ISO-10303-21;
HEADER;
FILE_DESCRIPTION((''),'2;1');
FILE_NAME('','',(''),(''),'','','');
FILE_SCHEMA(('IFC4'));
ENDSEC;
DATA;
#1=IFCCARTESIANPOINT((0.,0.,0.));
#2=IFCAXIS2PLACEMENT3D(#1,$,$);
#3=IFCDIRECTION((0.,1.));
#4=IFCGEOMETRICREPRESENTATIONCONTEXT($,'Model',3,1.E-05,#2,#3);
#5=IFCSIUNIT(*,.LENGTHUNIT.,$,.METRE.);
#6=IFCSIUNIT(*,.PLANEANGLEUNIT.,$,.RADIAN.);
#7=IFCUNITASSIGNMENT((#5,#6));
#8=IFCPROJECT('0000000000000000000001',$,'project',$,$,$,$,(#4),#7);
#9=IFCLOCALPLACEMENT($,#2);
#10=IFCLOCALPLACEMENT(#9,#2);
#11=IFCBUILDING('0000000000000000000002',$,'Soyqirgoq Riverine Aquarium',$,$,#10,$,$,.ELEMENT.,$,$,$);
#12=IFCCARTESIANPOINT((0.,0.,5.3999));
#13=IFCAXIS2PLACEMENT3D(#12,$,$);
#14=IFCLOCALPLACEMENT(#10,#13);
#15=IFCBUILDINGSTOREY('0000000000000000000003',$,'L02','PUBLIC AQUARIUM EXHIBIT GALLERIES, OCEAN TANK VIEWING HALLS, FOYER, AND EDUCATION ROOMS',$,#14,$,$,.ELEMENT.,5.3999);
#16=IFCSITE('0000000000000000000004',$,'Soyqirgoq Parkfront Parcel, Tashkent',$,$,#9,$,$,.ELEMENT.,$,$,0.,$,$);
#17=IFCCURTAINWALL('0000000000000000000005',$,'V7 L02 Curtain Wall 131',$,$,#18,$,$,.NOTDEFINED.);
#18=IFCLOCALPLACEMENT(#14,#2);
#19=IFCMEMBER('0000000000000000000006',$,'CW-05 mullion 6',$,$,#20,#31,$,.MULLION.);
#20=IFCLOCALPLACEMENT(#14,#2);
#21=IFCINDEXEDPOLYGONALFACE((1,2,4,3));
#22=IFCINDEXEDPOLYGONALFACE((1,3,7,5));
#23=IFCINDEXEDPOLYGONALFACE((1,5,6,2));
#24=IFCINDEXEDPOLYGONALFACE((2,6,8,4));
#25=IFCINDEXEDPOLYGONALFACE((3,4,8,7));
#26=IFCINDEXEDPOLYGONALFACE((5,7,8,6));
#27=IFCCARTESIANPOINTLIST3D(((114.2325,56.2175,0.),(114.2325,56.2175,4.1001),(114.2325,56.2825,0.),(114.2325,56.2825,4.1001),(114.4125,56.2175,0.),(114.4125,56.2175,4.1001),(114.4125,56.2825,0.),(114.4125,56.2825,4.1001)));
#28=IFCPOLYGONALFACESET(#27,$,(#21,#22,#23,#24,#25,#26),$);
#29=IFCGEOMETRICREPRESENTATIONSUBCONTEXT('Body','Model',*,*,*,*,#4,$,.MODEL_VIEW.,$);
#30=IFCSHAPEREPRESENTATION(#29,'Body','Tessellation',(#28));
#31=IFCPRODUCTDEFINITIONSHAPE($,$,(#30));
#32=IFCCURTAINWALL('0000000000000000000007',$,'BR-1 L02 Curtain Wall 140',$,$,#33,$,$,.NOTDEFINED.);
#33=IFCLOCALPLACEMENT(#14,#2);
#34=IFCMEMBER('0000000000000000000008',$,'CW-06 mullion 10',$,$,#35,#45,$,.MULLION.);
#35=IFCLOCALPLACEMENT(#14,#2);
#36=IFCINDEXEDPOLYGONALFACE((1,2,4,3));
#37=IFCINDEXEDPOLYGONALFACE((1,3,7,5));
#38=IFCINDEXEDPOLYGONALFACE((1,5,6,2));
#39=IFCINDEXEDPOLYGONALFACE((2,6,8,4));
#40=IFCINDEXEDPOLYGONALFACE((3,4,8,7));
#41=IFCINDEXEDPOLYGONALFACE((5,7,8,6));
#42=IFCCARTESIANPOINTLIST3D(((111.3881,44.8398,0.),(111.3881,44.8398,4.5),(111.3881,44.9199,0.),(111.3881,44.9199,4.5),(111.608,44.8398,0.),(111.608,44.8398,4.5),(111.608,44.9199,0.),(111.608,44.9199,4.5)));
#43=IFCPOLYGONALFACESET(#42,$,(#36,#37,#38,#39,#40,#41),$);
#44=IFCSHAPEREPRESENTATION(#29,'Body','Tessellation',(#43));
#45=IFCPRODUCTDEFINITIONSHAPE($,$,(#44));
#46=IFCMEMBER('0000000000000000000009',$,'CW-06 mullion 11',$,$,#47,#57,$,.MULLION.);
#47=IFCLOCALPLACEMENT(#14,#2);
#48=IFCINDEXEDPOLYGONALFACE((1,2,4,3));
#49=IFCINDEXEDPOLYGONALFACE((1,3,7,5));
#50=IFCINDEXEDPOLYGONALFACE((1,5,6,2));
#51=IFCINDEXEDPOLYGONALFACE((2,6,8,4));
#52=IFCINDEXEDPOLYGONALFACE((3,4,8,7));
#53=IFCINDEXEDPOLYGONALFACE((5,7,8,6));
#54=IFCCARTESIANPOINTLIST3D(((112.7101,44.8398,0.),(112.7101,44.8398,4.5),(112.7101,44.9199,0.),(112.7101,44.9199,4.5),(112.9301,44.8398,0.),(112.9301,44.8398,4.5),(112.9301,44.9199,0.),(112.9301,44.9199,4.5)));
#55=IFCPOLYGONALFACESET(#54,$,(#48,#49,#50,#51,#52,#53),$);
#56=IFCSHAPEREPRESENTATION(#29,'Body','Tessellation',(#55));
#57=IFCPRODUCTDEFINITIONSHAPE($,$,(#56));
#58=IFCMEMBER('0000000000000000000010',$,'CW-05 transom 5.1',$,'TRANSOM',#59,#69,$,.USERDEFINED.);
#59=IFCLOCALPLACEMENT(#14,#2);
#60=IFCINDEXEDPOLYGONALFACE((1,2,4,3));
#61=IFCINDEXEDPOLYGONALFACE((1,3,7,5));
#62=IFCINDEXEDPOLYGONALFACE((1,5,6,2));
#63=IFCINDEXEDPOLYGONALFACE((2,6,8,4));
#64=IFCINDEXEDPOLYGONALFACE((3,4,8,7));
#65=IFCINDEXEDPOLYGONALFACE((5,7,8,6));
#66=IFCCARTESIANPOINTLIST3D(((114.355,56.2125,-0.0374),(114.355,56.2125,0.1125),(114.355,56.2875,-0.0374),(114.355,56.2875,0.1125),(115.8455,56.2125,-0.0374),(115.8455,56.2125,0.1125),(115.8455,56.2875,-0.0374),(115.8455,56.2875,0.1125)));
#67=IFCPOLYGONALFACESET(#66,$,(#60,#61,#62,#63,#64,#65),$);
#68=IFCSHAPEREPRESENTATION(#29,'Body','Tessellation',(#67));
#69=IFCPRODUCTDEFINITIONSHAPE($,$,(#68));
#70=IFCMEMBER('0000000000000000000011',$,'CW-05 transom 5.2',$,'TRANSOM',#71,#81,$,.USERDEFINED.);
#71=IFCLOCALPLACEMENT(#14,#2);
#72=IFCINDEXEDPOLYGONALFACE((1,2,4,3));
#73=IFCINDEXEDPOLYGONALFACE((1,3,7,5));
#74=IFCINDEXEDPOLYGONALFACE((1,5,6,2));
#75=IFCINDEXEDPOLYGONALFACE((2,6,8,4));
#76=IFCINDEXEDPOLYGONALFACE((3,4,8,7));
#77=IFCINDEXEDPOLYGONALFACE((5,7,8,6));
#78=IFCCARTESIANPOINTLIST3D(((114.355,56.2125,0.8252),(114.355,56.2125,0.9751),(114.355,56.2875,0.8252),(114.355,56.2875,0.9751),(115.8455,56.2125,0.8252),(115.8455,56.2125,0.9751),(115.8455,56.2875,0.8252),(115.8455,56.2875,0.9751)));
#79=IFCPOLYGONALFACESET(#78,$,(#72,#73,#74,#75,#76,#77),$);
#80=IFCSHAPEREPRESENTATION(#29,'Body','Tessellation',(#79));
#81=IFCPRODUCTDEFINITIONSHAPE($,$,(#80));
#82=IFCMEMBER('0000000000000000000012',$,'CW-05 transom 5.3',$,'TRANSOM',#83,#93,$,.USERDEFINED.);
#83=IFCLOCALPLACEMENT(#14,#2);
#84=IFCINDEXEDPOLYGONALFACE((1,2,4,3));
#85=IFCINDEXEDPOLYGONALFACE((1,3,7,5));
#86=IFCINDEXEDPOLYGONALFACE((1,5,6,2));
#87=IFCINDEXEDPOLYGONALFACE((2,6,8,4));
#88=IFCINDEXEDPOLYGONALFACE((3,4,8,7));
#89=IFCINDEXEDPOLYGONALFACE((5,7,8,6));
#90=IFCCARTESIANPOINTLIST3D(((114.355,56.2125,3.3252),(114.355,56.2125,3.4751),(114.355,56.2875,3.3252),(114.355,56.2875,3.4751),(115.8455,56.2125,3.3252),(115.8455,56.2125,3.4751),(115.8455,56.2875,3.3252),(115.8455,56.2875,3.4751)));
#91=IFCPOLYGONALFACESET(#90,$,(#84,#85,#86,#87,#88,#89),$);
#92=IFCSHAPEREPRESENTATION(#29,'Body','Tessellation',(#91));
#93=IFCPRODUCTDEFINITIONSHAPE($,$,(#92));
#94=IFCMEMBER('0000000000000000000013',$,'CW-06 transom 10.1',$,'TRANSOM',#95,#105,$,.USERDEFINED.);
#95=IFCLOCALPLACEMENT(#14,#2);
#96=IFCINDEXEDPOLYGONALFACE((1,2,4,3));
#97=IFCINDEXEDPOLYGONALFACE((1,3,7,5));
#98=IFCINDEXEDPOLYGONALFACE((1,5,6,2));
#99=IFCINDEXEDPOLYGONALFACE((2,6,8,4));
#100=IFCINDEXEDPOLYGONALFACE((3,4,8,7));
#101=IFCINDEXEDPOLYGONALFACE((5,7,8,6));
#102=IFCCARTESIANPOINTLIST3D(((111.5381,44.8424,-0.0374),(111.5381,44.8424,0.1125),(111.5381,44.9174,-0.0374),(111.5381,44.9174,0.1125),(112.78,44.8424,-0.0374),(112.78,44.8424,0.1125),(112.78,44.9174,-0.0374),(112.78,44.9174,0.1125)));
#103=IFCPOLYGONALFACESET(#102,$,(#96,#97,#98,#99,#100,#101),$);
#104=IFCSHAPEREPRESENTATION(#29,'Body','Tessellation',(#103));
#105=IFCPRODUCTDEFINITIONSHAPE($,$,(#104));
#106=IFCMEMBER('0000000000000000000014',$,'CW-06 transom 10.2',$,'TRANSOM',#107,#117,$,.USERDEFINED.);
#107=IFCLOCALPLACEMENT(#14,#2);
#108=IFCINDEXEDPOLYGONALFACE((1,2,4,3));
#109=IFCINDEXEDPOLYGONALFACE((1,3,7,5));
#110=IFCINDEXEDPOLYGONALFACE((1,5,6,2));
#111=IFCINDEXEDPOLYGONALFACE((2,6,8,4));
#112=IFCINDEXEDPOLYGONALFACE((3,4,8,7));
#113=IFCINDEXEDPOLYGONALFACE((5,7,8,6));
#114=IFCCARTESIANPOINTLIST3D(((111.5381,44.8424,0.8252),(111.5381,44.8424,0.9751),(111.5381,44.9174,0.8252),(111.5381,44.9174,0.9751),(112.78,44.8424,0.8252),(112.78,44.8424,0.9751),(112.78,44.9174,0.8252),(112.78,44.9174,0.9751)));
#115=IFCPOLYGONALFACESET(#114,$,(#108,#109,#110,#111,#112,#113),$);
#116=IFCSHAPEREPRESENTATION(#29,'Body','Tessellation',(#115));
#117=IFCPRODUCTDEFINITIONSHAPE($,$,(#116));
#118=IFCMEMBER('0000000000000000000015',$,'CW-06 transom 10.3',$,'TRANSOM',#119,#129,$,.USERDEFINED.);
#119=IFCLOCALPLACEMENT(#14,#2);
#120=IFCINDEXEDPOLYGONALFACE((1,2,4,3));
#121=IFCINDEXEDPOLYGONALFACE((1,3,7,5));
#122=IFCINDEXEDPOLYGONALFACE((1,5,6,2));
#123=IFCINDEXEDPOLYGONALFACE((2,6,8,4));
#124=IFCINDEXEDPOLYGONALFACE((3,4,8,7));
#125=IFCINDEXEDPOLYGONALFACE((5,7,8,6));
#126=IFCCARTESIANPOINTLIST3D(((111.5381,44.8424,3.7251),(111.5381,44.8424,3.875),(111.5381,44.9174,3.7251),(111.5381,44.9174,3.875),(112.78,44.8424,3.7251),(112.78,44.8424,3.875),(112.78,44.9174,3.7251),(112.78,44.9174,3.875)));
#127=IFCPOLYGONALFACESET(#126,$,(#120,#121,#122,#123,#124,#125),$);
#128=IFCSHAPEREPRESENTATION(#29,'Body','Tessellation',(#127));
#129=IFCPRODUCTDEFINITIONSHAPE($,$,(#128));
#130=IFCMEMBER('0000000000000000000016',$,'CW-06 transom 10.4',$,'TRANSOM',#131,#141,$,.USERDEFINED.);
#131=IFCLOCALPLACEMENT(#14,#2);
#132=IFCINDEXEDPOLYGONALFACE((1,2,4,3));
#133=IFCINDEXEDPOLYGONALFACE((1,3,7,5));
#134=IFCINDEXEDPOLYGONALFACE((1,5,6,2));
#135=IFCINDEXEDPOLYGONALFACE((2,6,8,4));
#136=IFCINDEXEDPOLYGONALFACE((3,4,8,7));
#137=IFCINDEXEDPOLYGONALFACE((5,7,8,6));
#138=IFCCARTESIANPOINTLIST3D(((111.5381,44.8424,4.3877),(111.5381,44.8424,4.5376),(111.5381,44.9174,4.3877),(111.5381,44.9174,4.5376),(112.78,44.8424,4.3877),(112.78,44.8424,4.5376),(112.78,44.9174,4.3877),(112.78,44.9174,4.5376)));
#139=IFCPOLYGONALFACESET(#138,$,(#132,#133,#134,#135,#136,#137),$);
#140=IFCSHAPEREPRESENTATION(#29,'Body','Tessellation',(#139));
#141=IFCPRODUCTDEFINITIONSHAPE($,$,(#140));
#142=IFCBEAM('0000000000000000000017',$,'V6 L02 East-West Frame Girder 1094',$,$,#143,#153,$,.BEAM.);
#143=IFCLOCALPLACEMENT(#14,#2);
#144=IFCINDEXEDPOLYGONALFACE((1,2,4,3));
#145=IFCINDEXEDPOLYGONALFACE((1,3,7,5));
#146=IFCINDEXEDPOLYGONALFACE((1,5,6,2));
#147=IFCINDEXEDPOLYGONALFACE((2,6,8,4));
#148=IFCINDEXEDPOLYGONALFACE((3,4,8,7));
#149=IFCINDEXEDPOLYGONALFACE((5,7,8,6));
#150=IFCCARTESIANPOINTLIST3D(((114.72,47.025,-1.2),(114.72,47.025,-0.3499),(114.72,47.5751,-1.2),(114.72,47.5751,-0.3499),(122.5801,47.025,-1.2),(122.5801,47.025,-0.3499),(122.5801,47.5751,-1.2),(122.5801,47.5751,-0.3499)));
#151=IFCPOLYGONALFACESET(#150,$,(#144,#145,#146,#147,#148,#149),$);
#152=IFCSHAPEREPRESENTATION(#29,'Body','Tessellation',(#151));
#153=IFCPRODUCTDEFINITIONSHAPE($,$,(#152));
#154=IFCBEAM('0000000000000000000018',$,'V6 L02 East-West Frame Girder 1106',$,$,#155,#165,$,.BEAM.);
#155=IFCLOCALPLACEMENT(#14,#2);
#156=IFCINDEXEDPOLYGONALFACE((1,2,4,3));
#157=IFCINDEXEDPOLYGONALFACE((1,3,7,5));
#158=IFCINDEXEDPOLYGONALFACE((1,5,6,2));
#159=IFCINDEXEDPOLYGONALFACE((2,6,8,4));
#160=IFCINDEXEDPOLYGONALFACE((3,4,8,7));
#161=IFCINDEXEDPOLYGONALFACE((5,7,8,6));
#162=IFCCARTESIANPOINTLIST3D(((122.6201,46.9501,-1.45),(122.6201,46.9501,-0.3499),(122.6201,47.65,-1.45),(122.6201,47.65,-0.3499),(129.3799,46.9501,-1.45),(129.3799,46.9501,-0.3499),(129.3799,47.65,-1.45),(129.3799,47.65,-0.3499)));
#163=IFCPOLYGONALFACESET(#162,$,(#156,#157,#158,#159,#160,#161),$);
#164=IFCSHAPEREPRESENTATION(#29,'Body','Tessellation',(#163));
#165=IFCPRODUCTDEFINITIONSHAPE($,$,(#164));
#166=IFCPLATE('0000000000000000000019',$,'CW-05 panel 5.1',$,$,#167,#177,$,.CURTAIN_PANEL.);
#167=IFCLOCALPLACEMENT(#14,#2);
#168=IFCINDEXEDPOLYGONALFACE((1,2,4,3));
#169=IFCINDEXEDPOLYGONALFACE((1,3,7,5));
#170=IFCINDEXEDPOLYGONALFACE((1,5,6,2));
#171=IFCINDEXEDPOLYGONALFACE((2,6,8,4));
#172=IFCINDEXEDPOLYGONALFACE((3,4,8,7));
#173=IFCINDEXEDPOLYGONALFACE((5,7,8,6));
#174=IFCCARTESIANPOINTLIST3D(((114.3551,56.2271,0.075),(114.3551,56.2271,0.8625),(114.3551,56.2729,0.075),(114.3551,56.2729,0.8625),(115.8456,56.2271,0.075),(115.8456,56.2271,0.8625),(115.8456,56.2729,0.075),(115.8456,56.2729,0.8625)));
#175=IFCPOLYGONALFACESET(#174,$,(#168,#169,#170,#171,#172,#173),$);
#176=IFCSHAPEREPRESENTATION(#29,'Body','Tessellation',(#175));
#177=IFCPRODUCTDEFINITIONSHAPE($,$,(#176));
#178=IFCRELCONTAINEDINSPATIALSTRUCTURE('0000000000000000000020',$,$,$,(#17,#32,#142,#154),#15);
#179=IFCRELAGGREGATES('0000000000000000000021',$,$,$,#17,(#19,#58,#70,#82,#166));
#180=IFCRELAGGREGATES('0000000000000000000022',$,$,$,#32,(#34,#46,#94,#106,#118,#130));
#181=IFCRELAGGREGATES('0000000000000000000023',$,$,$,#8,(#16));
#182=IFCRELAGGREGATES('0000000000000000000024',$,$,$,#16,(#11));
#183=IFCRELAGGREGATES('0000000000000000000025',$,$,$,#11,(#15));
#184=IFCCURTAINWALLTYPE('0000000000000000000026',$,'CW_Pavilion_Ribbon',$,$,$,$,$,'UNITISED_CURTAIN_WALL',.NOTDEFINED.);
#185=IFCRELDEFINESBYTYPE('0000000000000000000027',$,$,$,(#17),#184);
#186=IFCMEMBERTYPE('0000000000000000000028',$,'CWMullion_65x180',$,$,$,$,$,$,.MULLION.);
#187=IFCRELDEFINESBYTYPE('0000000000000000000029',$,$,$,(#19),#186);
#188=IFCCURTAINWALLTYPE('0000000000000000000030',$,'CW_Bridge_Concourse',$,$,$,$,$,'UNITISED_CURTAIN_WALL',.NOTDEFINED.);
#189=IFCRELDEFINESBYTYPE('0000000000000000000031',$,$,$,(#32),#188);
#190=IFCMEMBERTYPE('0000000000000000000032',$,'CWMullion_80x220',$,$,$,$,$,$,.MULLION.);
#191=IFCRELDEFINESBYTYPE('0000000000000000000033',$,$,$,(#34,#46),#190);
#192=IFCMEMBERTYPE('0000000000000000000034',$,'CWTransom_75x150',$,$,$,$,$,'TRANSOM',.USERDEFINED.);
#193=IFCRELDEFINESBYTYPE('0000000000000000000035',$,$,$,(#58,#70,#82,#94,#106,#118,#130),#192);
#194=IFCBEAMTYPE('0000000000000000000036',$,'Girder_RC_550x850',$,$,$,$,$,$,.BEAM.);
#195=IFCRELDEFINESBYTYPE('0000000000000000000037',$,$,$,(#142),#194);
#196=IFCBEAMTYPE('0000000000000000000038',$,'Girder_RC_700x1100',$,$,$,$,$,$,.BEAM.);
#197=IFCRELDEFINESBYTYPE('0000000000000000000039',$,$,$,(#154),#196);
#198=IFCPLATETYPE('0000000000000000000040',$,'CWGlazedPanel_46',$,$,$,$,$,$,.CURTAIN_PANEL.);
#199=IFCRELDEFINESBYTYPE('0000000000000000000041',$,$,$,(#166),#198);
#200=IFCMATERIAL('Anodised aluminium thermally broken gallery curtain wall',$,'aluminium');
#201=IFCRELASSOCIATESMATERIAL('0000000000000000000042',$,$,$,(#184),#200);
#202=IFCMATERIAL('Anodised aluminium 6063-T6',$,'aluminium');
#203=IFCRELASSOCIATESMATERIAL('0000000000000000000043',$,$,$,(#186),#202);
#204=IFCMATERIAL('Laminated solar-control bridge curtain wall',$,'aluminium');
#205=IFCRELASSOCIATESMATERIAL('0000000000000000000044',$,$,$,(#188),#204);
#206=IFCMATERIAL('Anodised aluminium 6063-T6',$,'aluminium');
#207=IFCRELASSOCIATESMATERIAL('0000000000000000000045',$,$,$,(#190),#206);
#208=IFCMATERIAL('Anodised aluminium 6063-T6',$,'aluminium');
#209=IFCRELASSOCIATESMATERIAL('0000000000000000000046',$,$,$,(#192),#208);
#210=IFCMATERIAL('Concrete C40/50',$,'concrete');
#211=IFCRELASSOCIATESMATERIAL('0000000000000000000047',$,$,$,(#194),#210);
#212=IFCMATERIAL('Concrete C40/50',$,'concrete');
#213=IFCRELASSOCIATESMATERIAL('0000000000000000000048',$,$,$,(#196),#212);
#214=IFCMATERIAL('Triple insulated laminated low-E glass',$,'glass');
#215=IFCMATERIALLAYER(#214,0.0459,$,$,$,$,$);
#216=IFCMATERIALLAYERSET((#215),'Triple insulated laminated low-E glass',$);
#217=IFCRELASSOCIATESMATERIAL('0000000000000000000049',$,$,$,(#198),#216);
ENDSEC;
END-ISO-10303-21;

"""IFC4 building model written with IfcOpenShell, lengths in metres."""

from ifc_helpers import new_model, si_unit, direction, frame, origin, origin_2d, place, context, subcontext, project, spatial, rectangle, extrude, material, layer, layer_set, material_profile, profile_set, type_object, element, aggregate, save


model = new_model("IFC4")

# Units and contexts
model_context = context("Model", 3, precision=1e-05, world=origin(), true_north=direction((0.0, 1.0)))
body_context = subcontext(model_context, "Body", "Model", "MODEL_VIEW")
ifc_project = project(units=[si_unit("LENGTHUNIT", "METRE"), si_unit("PLANEANGLEUNIT", "RADIAN")], contexts=[model_context])

# Site, building, storey
site_placement = place(None, origin())
site = spatial("IfcSite", under=ifc_project, at=site_placement, Name="Soyqirgoq Parkfront Parcel, Tashkent", CompositionType="ELEMENT", RefElevation=0.0)
building_placement = place(site_placement, origin())
building = spatial("IfcBuilding", under=site, at=building_placement, Name="Soyqirgoq Riverine Aquarium", CompositionType="ELEMENT")
storey_placement = place(building_placement, frame((0.0, 0.0, 5.3999)))
storey = spatial("IfcBuildingStorey", under=building, at=storey_placement, Name="L02", Description="PUBLIC AQUARIUM EXHIBIT GALLERIES, OCEAN TANK VIEWING HALLS, FOYER, AND EDUCATION ROOMS", CompositionType="ELEMENT", Elevation=5.3999)

# Curtain wall, member
ifc_material_1 = material(Name="Anodised aluminium thermally broken gallery curtain wall", Category="aluminium")
curtain_wall_type_1 = type_object("IfcCurtainWallType", Name="CW_Pavilion_Ribbon", ElementType="UNITISED_CURTAIN_WALL", PredefinedType="NOTDEFINED", material=ifc_material_1)
curtain_wall_1_placement = place(storey_placement, origin())
curtain_wall_1 = element("IfcCurtainWall", 1, at=curtain_wall_1_placement, inside=storey, type_object=curtain_wall_type_1, Name="V7 L02 Curtain Wall 131", PredefinedType="NOTDEFINED")
ifc_material_2 = material(Name="Anodised aluminium 6063-T6", Category="aluminium")
ifc_material_profile_1 = material_profile(ifc_material_2, rectangle(XDim=0.0649, YDim=0.1799, at=origin_2d()), Name="ALU-M 65x180")
ifc_profile_set_1 = profile_set([ifc_material_profile_1], Name="Anodised aluminium 6063-T6")
member_type_1 = type_object("IfcMemberType", Name="CWMullion_65x180", PredefinedType="MULLION", material=ifc_profile_set_1)
member_1_placement = place(storey_placement, frame((114.3225, 56.25, 0.0), z_axis=(0.0, 0.0, 1.0), x_axis=(0.0, -1.0, 0.0)))
member_1 = element("IfcMember", 2, at=member_1_placement, type_object=member_type_1, Name="CW-05 mullion 6", PredefinedType="MULLION", context=body_context, shape_type="SweptSolid", body=[
    extrude(rectangle(XDim=0.0649, YDim=0.1799, at=origin_2d()), origin(), (0.0, 0.0, 1.0), 4.1001),
])

# Curtain wall, members
ifc_material_3 = material(Name="Laminated solar-control bridge curtain wall", Category="aluminium")
curtain_wall_type_2 = type_object("IfcCurtainWallType", Name="CW_Bridge_Concourse", ElementType="UNITISED_CURTAIN_WALL", PredefinedType="NOTDEFINED", material=ifc_material_3)
curtain_wall_2_placement = place(storey_placement, origin())
curtain_wall_2 = element("IfcCurtainWall", 3, at=curtain_wall_2_placement, inside=storey, type_object=curtain_wall_type_2, Name="BR-1 L02 Curtain Wall 140", PredefinedType="NOTDEFINED")
ifc_material_4 = material(Name="Anodised aluminium 6063-T6", Category="aluminium")
ifc_material_profile_2 = material_profile(ifc_material_4, rectangle(XDim=0.0801, YDim=0.22, at=origin_2d()), Name="ALU-M 80x220")
ifc_profile_set_2 = profile_set([ifc_material_profile_2], Name="Anodised aluminium 6063-T6")
member_type_2 = type_object("IfcMemberType", Name="CWMullion_80x220", PredefinedType="MULLION", material=ifc_profile_set_2)
member_2_placement = place(storey_placement, frame((111.498, 44.8799, 0.0), z_axis=(0.0, 0.0, 1.0), x_axis=(0.0, 1.0, 0.0)))
member_2 = element("IfcMember", 4, at=member_2_placement, type_object=member_type_2, Name="CW-06 mullion 10", PredefinedType="MULLION", context=body_context, shape_type="SweptSolid", body=[
    extrude(rectangle(XDim=0.0801, YDim=0.22, at=origin_2d()), origin(), (0.0, 0.0, 1.0), 4.5),
])
member_3_placement = place(storey_placement, frame((112.8201, 44.8799, 0.0), z_axis=(0.0, 0.0, 1.0), x_axis=(0.0, 1.0, 0.0)))
member_3 = element("IfcMember", 5, at=member_3_placement, type_object=member_type_2, Name="CW-06 mullion 11", PredefinedType="MULLION", context=body_context, shape_type="SweptSolid", body=[
    extrude(rectangle(XDim=0.0801, YDim=0.22, at=origin_2d()), origin(), (0.0, 0.0, 1.0), 4.5),
])

# Members
ifc_material_5 = material(Name="Anodised aluminium 6063-T6", Category="aluminium")
ifc_material_profile_3 = material_profile(ifc_material_5, rectangle(XDim=0.075, YDim=0.1499, at=origin_2d()), Name="ALU-T 75x150")
ifc_profile_set_3 = profile_set([ifc_material_profile_3], Name="Anodised aluminium 6063-T6")
member_type_3 = type_object("IfcMemberType", Name="CWTransom_75x150", ElementType="TRANSOM", PredefinedType="USERDEFINED", material=ifc_profile_set_3)
member_4_placement = place(storey_placement, frame((115.8455, 56.25, 0.0376), z_axis=(-1.0, 0.0, 0.0), x_axis=(0.0, -1.0, 0.0)))
member_4 = element("IfcMember", 6, at=member_4_placement, type_object=member_type_3, Name="CW-05 transom 5.1", ObjectType="TRANSOM", PredefinedType="USERDEFINED", context=body_context, shape_type="SweptSolid", body=[
    extrude(rectangle(XDim=0.075, YDim=0.1499, at=origin_2d()), origin(), (0.0, 0.0, 1.0), 1.4905),
])
member_5_placement = place(storey_placement, frame((115.8455, 56.25, 0.9001), z_axis=(-1.0, 0.0, 0.0), x_axis=(0.0, -1.0, 0.0)))
member_5 = element("IfcMember", 7, at=member_5_placement, type_object=member_type_3, Name="CW-05 transom 5.2", ObjectType="TRANSOM", PredefinedType="USERDEFINED", context=body_context, shape_type="SweptSolid", body=[
    extrude(rectangle(XDim=0.075, YDim=0.1499, at=origin_2d()), origin(), (0.0, 0.0, 1.0), 1.4905),
])
member_6_placement = place(storey_placement, frame((115.8455, 56.25, 3.4001), z_axis=(-1.0, 0.0, 0.0), x_axis=(0.0, -1.0, 0.0)))
member_6 = element("IfcMember", 8, at=member_6_placement, type_object=member_type_3, Name="CW-05 transom 5.3", ObjectType="TRANSOM", PredefinedType="USERDEFINED", context=body_context, shape_type="SweptSolid", body=[
    extrude(rectangle(XDim=0.075, YDim=0.1499, at=origin_2d()), origin(), (0.0, 0.0, 1.0), 1.4905),
])
member_7_placement = place(storey_placement, frame((111.5381, 44.8799, 0.0376), z_axis=(1.0, 0.0, 0.0), x_axis=(0.0, 1.0, 0.0)))
member_7 = element("IfcMember", 9, at=member_7_placement, type_object=member_type_3, Name="CW-06 transom 10.1", ObjectType="TRANSOM", PredefinedType="USERDEFINED", context=body_context, shape_type="SweptSolid", body=[
    extrude(rectangle(XDim=0.075, YDim=0.1499, at=origin_2d()), origin(), (0.0, 0.0, 1.0), 1.2419),
])
member_8_placement = place(storey_placement, frame((111.5381, 44.8799, 0.9001), z_axis=(1.0, 0.0, 0.0), x_axis=(0.0, 1.0, 0.0)))
member_8 = element("IfcMember", 10, at=member_8_placement, type_object=member_type_3, Name="CW-06 transom 10.2", ObjectType="TRANSOM", PredefinedType="USERDEFINED", context=body_context, shape_type="SweptSolid", body=[
    extrude(rectangle(XDim=0.075, YDim=0.1499, at=origin_2d()), origin(), (0.0, 0.0, 1.0), 1.2419),
])
member_9_placement = place(storey_placement, frame((111.5381, 44.8799, 3.8), z_axis=(1.0, 0.0, 0.0), x_axis=(0.0, 1.0, 0.0)))
member_9 = element("IfcMember", 11, at=member_9_placement, type_object=member_type_3, Name="CW-06 transom 10.3", ObjectType="TRANSOM", PredefinedType="USERDEFINED", context=body_context, shape_type="SweptSolid", body=[
    extrude(rectangle(XDim=0.075, YDim=0.1499, at=origin_2d()), origin(), (0.0, 0.0, 1.0), 1.2419),
])
member_10_placement = place(storey_placement, frame((111.5381, 44.8799, 4.4626), z_axis=(1.0, 0.0, 0.0), x_axis=(0.0, 1.0, 0.0)))
member_10 = element("IfcMember", 12, at=member_10_placement, type_object=member_type_3, Name="CW-06 transom 10.4", ObjectType="TRANSOM", PredefinedType="USERDEFINED", context=body_context, shape_type="SweptSolid", body=[
    extrude(rectangle(XDim=0.075, YDim=0.1499, at=origin_2d()), origin(), (0.0, 0.0, 1.0), 1.2419),
])

# Beams
ifc_material_6 = material(Name="Concrete C40/50", Category="concrete")
ifc_material_profile_4 = material_profile(ifc_material_6, rectangle(XDim=0.55, YDim=0.8501, at=origin_2d()), Name="RC 550x850")
ifc_profile_set_4 = profile_set([ifc_material_profile_4], Name="Concrete C40/50")
beam_type_1 = type_object("IfcBeamType", Name="Girder_RC_550x850", PredefinedType="BEAM", material=ifc_profile_set_4)
beam_1_placement = place(storey_placement, frame((114.72, 47.3, -0.7749), z_axis=(1.0, 0.0, 0.0), x_axis=(0.0, 1.0, 0.0)))
element("IfcBeam", 13, at=beam_1_placement, inside=storey, type_object=beam_type_1, Name="V6 L02 East-West Frame Girder 1094", PredefinedType="BEAM", context=body_context, shape_type="SweptSolid", body=[
    extrude(rectangle(XDim=0.55, YDim=0.8501, at=origin_2d()), origin(), (0.0, 0.0, 1.0), 7.8601),
])
ifc_material_7 = material(Name="Concrete C40/50", Category="concrete")
ifc_material_profile_5 = material_profile(ifc_material_7, rectangle(XDim=0.7, YDim=1.1001, at=origin_2d()), Name="RC 700x1100")
ifc_profile_set_5 = profile_set([ifc_material_profile_5], Name="Concrete C40/50")
beam_type_2 = type_object("IfcBeamType", Name="Girder_RC_700x1100", PredefinedType="BEAM", material=ifc_profile_set_5)
beam_2_placement = place(storey_placement, frame((122.6201, 47.3, -0.8999), z_axis=(1.0, 0.0, 0.0), x_axis=(0.0, 1.0, 0.0)))
element("IfcBeam", 14, at=beam_2_placement, inside=storey, type_object=beam_type_2, Name="V6 L02 East-West Frame Girder 1106", PredefinedType="BEAM", context=body_context, shape_type="SweptSolid", body=[
    extrude(rectangle(XDim=0.7, YDim=1.1001, at=origin_2d()), origin(), (0.0, 0.0, 1.0), 6.7598),
])

# Plate
ifc_material_8 = material(Name="Triple insulated laminated low-E glass", Category="glass")
ifc_layer_1 = layer(ifc_material_8, 0.0459)
ifc_layer_set_1 = layer_set([ifc_layer_1], Name="Triple insulated laminated low-E glass")
plate_type = type_object("IfcPlateType", Name="CWGlazedPanel_46", PredefinedType="CURTAIN_PANEL", material=ifc_layer_set_1)
plate_1_placement = place(storey_placement, frame((115.1003, 56.25, 0.075), z_axis=(0.0, 0.0, 1.0), x_axis=(-1.0, 0.0, 0.0)))
plate_1 = element("IfcPlate", 15, at=plate_1_placement, type_object=plate_type, Name="CW-05 panel 5.1", PredefinedType="CURTAIN_PANEL", context=body_context, shape_type="SweptSolid", body=[
    extrude(rectangle(XDim=1.4905, YDim=0.0459, at=origin_2d()), origin(), (0.0, 0.0, 1.0), 0.7876),
])
aggregate(curtain_wall_1, [member_1, member_4, member_5, member_6, plate_1])
aggregate(curtain_wall_2, [member_2, member_3, member_7, member_8, member_9, member_10])

save(model, "model.ifc")
